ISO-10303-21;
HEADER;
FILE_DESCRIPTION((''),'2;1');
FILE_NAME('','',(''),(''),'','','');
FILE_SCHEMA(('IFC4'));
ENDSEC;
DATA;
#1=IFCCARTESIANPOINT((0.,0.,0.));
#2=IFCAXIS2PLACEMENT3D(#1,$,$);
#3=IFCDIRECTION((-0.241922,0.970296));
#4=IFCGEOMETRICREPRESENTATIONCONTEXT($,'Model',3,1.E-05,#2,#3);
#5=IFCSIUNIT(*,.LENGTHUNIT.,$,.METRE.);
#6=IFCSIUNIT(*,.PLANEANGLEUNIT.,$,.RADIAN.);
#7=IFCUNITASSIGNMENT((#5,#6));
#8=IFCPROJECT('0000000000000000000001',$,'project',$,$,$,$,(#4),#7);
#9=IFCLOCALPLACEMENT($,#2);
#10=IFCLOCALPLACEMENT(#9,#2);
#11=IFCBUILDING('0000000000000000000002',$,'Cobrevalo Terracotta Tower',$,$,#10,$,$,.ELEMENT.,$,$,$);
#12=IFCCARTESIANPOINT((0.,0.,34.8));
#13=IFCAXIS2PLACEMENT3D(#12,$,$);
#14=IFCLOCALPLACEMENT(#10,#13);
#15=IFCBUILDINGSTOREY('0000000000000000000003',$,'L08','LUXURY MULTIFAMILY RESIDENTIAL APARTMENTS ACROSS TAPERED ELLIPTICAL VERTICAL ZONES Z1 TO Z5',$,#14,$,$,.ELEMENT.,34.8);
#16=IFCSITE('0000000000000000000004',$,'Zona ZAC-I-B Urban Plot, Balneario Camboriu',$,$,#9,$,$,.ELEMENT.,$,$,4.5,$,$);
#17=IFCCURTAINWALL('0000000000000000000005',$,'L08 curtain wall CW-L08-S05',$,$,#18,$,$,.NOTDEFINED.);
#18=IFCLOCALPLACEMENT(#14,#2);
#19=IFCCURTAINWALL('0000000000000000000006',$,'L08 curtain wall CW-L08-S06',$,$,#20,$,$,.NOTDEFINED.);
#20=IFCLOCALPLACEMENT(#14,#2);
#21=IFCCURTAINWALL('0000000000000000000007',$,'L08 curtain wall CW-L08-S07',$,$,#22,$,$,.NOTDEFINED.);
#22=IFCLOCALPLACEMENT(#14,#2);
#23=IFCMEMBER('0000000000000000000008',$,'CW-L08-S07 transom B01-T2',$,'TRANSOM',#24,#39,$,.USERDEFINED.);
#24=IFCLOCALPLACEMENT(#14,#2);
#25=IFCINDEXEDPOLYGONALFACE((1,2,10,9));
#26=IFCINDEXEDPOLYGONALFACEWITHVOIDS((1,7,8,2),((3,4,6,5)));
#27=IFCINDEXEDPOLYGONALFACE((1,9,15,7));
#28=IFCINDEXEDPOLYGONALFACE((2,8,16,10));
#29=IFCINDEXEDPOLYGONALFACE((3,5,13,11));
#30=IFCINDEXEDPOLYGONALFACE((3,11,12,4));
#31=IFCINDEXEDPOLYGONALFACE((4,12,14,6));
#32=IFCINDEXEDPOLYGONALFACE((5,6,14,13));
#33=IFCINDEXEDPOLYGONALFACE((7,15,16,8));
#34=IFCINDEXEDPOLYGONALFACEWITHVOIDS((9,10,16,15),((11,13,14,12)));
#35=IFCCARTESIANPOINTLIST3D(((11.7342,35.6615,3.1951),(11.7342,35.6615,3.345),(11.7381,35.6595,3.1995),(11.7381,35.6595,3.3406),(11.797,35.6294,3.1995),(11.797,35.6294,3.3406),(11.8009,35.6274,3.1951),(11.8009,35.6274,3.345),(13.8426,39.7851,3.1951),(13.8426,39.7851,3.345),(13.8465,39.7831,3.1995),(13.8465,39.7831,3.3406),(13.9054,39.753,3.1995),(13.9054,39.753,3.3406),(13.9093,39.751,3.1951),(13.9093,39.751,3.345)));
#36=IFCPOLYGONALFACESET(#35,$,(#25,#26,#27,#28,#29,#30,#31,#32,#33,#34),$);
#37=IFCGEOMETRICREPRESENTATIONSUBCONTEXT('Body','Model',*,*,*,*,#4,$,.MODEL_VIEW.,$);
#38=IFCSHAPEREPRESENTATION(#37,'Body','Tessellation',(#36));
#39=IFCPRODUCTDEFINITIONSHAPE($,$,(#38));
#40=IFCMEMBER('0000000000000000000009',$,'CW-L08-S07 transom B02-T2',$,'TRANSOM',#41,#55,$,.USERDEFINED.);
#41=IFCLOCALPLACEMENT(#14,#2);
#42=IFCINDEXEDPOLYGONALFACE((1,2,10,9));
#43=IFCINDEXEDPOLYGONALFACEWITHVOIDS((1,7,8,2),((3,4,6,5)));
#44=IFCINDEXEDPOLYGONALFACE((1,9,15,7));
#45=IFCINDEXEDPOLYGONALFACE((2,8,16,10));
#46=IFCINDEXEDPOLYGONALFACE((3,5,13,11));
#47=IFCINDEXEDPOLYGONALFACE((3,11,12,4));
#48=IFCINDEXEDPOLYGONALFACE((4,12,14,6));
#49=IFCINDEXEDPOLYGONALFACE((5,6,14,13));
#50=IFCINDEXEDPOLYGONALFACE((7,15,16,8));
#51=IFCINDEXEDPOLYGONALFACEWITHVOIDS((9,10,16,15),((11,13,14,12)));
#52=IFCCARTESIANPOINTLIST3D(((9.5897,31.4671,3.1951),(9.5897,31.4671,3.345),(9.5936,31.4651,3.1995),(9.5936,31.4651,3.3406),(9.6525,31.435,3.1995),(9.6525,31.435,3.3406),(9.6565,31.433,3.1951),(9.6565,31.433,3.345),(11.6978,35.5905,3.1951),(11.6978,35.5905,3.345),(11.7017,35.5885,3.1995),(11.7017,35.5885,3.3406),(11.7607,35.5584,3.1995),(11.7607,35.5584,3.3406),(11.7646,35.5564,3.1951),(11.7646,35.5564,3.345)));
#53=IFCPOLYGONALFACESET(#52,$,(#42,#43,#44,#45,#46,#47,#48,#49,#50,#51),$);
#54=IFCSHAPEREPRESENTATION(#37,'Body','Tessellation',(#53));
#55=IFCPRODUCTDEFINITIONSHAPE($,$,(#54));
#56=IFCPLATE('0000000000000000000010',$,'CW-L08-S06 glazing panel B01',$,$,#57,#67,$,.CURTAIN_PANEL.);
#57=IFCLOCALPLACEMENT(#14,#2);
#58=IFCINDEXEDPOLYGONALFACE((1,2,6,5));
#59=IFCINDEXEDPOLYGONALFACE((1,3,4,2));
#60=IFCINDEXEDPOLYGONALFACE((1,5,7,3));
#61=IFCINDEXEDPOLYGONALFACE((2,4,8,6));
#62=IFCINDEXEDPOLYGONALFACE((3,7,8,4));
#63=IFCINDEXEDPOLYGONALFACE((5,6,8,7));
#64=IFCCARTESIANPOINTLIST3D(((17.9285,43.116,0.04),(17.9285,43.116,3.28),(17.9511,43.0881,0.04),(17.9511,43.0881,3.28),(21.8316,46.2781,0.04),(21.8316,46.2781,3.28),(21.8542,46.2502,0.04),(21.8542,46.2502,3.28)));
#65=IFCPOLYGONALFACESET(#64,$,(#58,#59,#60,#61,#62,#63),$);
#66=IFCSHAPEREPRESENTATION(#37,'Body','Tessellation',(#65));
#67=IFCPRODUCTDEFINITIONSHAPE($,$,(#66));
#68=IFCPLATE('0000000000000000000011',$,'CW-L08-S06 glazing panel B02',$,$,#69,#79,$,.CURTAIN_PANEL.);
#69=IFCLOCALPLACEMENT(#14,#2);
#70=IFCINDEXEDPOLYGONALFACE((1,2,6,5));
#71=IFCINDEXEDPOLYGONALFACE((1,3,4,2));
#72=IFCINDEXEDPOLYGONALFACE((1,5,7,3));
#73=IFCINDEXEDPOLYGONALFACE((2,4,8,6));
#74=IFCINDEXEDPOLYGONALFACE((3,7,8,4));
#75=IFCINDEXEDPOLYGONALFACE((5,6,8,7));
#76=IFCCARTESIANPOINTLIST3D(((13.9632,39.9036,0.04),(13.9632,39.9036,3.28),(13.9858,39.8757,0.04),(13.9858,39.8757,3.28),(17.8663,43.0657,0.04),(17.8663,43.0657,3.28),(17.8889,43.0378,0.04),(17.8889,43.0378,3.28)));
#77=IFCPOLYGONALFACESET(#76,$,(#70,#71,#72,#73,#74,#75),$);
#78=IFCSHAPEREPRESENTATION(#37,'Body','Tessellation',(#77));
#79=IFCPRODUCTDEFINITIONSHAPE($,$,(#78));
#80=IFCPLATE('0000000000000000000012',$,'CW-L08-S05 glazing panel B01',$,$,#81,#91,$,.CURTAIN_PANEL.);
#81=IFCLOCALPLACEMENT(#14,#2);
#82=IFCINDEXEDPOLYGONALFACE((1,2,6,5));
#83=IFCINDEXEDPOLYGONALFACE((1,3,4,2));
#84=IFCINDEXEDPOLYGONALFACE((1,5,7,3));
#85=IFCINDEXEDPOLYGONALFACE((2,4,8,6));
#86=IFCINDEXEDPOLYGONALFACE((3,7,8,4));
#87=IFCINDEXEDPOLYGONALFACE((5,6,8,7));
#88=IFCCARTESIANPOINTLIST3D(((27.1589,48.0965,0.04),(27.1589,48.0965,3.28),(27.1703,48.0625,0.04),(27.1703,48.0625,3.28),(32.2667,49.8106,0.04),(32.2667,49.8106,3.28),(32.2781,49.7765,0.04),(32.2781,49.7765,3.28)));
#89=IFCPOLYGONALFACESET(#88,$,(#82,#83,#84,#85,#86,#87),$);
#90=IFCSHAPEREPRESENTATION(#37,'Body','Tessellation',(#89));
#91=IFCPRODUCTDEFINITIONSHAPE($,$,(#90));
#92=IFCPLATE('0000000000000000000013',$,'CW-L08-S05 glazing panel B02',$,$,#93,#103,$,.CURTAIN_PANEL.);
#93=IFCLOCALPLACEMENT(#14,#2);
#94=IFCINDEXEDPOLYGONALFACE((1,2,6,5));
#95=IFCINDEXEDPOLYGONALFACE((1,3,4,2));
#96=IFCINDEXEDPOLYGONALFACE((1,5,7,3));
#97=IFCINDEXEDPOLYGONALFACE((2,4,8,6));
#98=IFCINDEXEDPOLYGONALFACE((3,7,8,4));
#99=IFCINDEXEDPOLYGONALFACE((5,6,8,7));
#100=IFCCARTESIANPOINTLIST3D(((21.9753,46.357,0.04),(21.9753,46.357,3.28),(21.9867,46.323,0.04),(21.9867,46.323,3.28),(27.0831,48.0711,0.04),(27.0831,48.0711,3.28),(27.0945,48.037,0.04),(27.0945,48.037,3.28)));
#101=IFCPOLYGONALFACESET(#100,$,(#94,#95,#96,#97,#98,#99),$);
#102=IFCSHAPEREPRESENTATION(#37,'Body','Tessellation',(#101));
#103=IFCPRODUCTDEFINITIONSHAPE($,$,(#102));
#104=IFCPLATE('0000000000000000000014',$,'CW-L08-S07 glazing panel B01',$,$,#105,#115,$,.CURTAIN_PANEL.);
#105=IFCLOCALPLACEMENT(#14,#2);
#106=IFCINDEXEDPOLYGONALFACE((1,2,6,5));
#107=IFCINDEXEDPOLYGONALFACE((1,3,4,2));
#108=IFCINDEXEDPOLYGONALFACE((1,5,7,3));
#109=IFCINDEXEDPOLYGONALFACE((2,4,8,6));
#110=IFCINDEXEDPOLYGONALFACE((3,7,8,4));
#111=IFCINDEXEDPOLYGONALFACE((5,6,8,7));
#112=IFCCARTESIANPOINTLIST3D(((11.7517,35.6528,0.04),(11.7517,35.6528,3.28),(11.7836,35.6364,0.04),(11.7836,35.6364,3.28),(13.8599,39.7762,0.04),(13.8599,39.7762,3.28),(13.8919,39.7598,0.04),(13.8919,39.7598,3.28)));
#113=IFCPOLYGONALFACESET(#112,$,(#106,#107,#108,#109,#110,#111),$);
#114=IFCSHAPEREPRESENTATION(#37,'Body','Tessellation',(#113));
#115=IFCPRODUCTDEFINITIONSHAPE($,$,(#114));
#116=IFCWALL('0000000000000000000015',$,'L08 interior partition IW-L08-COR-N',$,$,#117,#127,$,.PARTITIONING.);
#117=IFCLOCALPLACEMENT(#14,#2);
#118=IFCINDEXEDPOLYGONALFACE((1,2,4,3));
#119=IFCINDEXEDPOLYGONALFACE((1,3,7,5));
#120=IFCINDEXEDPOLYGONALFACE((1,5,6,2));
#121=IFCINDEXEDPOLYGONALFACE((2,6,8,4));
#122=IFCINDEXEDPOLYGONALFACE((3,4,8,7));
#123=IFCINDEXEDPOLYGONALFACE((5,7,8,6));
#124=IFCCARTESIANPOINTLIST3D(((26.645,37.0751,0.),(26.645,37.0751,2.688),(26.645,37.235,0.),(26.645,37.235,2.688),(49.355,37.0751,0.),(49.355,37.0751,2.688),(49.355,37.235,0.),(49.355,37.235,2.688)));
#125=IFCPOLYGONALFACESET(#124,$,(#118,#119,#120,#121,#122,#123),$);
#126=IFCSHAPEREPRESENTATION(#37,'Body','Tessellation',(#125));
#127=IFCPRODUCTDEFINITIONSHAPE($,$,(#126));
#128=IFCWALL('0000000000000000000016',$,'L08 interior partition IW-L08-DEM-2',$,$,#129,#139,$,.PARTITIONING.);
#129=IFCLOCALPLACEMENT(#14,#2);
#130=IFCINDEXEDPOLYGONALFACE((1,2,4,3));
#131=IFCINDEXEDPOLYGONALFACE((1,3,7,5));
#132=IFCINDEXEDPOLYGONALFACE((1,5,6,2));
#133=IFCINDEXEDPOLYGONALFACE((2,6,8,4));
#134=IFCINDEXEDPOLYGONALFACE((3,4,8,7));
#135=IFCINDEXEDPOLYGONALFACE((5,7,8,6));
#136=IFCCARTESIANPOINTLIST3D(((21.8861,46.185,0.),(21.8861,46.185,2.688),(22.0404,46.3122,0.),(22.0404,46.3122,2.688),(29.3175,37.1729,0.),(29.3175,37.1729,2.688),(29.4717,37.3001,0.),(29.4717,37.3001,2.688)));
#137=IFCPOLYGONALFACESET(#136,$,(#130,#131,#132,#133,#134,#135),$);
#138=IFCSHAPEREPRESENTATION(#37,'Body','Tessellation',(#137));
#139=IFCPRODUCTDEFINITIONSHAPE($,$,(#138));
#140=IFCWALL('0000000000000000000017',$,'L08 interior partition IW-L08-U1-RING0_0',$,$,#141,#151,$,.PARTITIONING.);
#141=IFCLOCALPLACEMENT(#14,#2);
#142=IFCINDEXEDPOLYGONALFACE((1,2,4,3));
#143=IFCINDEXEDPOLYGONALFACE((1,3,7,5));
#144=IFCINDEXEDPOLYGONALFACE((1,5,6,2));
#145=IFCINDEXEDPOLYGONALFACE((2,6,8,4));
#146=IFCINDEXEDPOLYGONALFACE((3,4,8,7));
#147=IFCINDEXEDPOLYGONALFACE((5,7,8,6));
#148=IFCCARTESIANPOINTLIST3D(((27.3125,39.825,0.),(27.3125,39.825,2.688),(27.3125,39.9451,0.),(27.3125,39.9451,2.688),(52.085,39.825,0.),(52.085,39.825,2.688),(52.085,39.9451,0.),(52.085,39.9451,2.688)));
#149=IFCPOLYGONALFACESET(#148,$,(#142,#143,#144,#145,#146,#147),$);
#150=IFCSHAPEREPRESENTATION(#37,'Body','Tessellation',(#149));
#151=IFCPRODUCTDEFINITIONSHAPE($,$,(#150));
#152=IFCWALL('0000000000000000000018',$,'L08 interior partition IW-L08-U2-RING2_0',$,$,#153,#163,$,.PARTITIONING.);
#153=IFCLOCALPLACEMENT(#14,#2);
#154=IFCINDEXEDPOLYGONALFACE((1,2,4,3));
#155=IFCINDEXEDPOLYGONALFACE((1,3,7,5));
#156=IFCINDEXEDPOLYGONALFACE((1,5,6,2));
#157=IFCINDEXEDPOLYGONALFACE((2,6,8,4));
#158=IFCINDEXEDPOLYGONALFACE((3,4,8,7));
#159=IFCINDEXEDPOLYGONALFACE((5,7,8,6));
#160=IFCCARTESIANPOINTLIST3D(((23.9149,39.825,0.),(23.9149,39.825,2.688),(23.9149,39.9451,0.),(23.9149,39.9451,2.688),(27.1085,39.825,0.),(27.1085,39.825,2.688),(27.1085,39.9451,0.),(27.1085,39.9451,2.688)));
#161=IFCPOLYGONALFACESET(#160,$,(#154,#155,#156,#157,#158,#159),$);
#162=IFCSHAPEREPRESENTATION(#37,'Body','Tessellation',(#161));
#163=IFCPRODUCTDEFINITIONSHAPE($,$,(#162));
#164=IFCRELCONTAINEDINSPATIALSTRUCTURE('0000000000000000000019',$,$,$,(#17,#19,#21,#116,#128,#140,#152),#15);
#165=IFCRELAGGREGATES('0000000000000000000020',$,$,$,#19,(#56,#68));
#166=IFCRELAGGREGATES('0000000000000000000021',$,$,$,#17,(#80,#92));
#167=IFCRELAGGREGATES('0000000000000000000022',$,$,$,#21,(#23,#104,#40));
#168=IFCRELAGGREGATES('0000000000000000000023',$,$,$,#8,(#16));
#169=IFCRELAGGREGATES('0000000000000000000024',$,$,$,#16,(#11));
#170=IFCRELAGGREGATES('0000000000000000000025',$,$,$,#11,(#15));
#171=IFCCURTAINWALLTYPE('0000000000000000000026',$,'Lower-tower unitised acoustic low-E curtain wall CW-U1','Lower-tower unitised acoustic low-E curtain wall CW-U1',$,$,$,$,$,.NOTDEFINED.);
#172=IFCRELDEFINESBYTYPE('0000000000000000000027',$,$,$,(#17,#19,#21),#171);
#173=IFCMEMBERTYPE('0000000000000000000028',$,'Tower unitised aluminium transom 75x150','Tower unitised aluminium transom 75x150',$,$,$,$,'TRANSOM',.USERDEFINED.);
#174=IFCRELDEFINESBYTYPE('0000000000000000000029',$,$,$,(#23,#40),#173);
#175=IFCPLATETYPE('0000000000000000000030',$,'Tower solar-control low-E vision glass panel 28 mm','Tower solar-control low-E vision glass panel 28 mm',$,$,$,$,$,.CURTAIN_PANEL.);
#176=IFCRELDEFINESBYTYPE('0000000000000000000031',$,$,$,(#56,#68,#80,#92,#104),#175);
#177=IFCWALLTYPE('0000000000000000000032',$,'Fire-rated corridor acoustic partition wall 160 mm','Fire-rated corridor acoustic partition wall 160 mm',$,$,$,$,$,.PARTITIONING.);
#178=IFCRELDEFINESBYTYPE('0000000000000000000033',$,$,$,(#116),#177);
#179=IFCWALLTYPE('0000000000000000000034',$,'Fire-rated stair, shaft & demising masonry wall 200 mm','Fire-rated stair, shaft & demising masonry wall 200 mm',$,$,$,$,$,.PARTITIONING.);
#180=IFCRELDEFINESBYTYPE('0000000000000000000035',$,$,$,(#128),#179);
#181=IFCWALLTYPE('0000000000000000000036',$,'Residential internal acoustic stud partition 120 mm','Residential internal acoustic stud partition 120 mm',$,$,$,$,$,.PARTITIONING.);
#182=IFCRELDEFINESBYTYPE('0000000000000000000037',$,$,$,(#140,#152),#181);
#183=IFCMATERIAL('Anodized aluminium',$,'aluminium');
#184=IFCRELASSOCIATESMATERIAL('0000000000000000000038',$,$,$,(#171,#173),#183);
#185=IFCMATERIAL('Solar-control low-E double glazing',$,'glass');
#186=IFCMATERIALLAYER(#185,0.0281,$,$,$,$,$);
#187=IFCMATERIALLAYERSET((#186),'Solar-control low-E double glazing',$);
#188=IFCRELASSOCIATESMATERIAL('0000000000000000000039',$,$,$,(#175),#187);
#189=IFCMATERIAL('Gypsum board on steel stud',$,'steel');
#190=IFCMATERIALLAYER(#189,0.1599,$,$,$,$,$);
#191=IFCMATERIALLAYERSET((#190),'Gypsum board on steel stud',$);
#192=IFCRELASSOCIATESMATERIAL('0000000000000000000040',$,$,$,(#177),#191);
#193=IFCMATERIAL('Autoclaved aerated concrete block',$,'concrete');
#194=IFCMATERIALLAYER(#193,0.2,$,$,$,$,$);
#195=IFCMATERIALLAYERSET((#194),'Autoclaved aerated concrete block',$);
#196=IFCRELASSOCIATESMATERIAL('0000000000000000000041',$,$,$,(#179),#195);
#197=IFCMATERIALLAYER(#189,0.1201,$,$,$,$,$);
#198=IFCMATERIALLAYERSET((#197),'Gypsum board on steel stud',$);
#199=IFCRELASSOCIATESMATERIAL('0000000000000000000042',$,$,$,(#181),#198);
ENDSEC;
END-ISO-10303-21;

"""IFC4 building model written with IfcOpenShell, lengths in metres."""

from ifc_helpers import new_model, si_unit, direction, frame, frame_2d, origin, origin_2d, place, context, subcontext, project, spatial, rectangle, hollow_rectangle, extrude, source, transform, mapped, material, layer, layer_set, material_profile, profile_set, type_object, element, aggregate, save


model = new_model("IFC4")

# Units and contexts
model_context = context("Model", 3, precision=1e-05, world=origin(), true_north=direction((-0.241922, 0.970296)))
body_context = subcontext(model_context, "Body", "Model", "MODEL_VIEW")
ifc_project = project(units=[si_unit("LENGTHUNIT", "METRE"), si_unit("PLANEANGLEUNIT", "RADIAN")], contexts=[model_context])

# Site, building, storey
site_placement = place(None, origin())
site = spatial("IfcSite", under=ifc_project, at=site_placement, Name="Zona ZAC-I-B Urban Plot, Balneario Camboriu", CompositionType="ELEMENT", RefElevation=4.5)
building_placement = place(site_placement, origin())
building = spatial("IfcBuilding", under=site, at=building_placement, Name="Cobrevalo Terracotta Tower", CompositionType="ELEMENT")
storey_placement = place(building_placement, frame((0.0, 0.0, 34.8)))
storey = spatial("IfcBuildingStorey", under=building, at=storey_placement, Name="L08", Description="LUXURY MULTIFAMILY RESIDENTIAL APARTMENTS ACROSS TAPERED ELLIPTICAL VERTICAL ZONES Z1 TO Z5", CompositionType="ELEMENT", Elevation=34.8)

# Curtain walls
ifc_material_1 = material(Name="Anodized aluminium", Category="aluminium")
curtain_wall_type = type_object("IfcCurtainWallType", Name="Lower-tower unitised acoustic low-E curtain wall CW-U1", Description="Lower-tower unitised acoustic low-E curtain wall CW-U1", PredefinedType="NOTDEFINED", material=ifc_material_1)
curtain_wall_1_placement = place(storey_placement, origin())
curtain_wall_1 = element("IfcCurtainWall", 1, at=curtain_wall_1_placement, inside=storey, type_object=curtain_wall_type, Name="L08 curtain wall CW-L08-S05", PredefinedType="NOTDEFINED")
curtain_wall_2_placement = place(storey_placement, origin())
curtain_wall_2 = element("IfcCurtainWall", 2, at=curtain_wall_2_placement, inside=storey, type_object=curtain_wall_type, Name="L08 curtain wall CW-L08-S06", PredefinedType="NOTDEFINED")
curtain_wall_3_placement = place(storey_placement, origin())
curtain_wall_3 = element("IfcCurtainWall", 3, at=curtain_wall_3_placement, inside=storey, type_object=curtain_wall_type, Name="L08 curtain wall CW-L08-S07", PredefinedType="NOTDEFINED")

# Members
ifc_material_profile_1 = material_profile(ifc_material_1, hollow_rectangle(XDim=0.075, YDim=0.1499, WallThickness=0.0044, at=origin_2d()), Name="CWT 75x150")
ifc_profile_set_1 = profile_set([ifc_material_profile_1], Name="Anodized aluminium")
member_type_1 = type_object("IfcMemberType", Name="Tower unitised aluminium transom 75x150", Description="Tower unitised aluminium transom 75x150", ElementType="TRANSOM", PredefinedType="USERDEFINED", material=ifc_profile_set_1)
shared_shape_1 = source(origin(), body_context, "Body", "SweptSolid", [
    extrude(hollow_rectangle(XDim=0.075, YDim=0.1499, WallThickness=0.0044, at=origin_2d()), origin(), (0.0, 0.0, 1.0), 4.6313),
])
member_1_placement = place(storey_placement, frame((13.876, 39.7681, 3.27), z_axis=(-0.45525, -0.890363, 0.0), x_axis=(0.890363, -0.45525, 0.0)))
member_1 = element("IfcMember", 4, at=member_1_placement, type_object=member_type_1, Name="CW-L08-S07 transom B01-T2", ObjectType="TRANSOM", PredefinedType="USERDEFINED", context=body_context, shape_type="MappedRepresentation", body=[
    mapped(shared_shape_1, transform((0.0, 0.0, 0.0), scale=1.0)),
])
shared_shape_2 = source(origin(), body_context, "Body", "SweptSolid", [
    extrude(hollow_rectangle(XDim=0.075, YDim=0.1499, WallThickness=0.0044, at=origin_2d()), origin(), (0.0, 0.0, 1.0), 4.6311),
])
member_2_placement = place(storey_placement, frame((11.7312, 35.5735, 3.27), z_axis=(-0.455209, -0.890385, 0.0), x_axis=(0.890385, -0.455209, 0.0)))
member_2 = element("IfcMember", 5, at=member_2_placement, type_object=member_type_1, Name="CW-L08-S07 transom B02-T2", ObjectType="TRANSOM", PredefinedType="USERDEFINED", context=body_context, shape_type="MappedRepresentation", body=[
    mapped(shared_shape_2, transform((0.0, 0.0, 0.0), scale=1.0)),
])

# Plates
ifc_material_2 = material(Name="Solar-control low-E double glazing", Category="glass")
ifc_layer_1 = layer(ifc_material_2, 0.0281)
ifc_layer_set_1 = layer_set([ifc_layer_1], Name="Solar-control low-E double glazing")
plate_type = type_object("IfcPlateType", Name="Tower solar-control low-E vision glass panel 28 mm", Description="Tower solar-control low-E vision glass panel 28 mm", PredefinedType="CURTAIN_PANEL", material=ifc_layer_set_1)
shared_shape_3 = source(origin(), body_context, "Body", "SweptSolid", [
    extrude(rectangle(XDim=5.0232, YDim=0.0359, at=origin_2d()), origin(), (0.0, 0.0, 1.0), 3.24),
])
plate_1_placement = place(storey_placement, frame((19.8914, 44.6831, 0.04), z_axis=(0.0, 0.0, 1.0), x_axis=(-0.777008, -0.629491, 0.0)))
plate_1 = element("IfcPlate", 6, at=plate_1_placement, type_object=plate_type, Name="CW-L08-S06 glazing panel B01", PredefinedType="CURTAIN_PANEL", context=body_context, shape_type="MappedRepresentation", body=[
    mapped(shared_shape_3, transform((0.0, 0.0, 0.0), scale=1.0)),
])
plate_2_placement = place(storey_placement, frame((15.926, 41.4707, 0.04), z_axis=(0.0, 0.0, 1.0), x_axis=(-0.777008, -0.629491, 0.0)))
plate_2 = element("IfcPlate", 7, at=plate_2_placement, type_object=plate_type, Name="CW-L08-S06 glazing panel B02", PredefinedType="CURTAIN_PANEL", context=body_context, shape_type="MappedRepresentation", body=[
    mapped(shared_shape_3, transform((0.0, 0.0, 0.0), scale=1.0)),
])
aggregate(curtain_wall_2, [plate_1, plate_2])
shared_shape_4 = source(origin(), body_context, "Body", "SweptSolid", [
    extrude(rectangle(XDim=5.3877, YDim=0.0359, at=origin_2d()), origin(), (0.0, 0.0, 1.0), 3.24),
])
plate_3_placement = place(storey_placement, frame((29.7185, 48.9365, 0.04), z_axis=(0.0, 0.0, 1.0), x_axis=(-0.948044, -0.318139, 0.0)))
plate_3 = element("IfcPlate", 8, at=plate_3_placement, type_object=plate_type, Name="CW-L08-S05 glazing panel B01", PredefinedType="CURTAIN_PANEL", context=body_context, shape_type="MappedRepresentation", body=[
    mapped(shared_shape_4, transform((0.0, 0.0, 0.0), scale=1.0)),
])
plate_4_placement = place(storey_placement, frame((24.5349, 47.197, 0.04), z_axis=(0.0, 0.0, 1.0), x_axis=(-0.948044, -0.318139, 0.0)))
plate_4 = element("IfcPlate", 9, at=plate_4_placement, type_object=plate_type, Name="CW-L08-S05 glazing panel B02", PredefinedType="CURTAIN_PANEL", context=body_context, shape_type="MappedRepresentation", body=[
    mapped(shared_shape_4, transform((0.0, 0.0, 0.0), scale=1.0)),
])
aggregate(curtain_wall_1, [plate_3, plate_4])
shared_shape_5 = source(origin(), body_context, "Body", "SweptSolid", [
    extrude(rectangle(XDim=4.6311, YDim=0.0359, at=origin_2d()), origin(), (0.0, 0.0, 1.0), 3.24),
])
plate_5_placement = place(storey_placement, frame((12.8218, 37.7063, 0.04), z_axis=(0.0, 0.0, 1.0), x_axis=(-0.455231, -0.890373, 0.0)))
plate_5 = element("IfcPlate", 10, at=plate_5_placement, type_object=plate_type, Name="CW-L08-S07 glazing panel B01", PredefinedType="CURTAIN_PANEL", context=body_context, shape_type="MappedRepresentation", body=[
    mapped(shared_shape_5, transform((0.0, 0.0, 0.0), scale=1.0)),
])
aggregate(curtain_wall_3, [member_1, plate_5, member_2])

# Walls
ifc_material_3 = material(Name="Gypsum board on steel stud", Category="steel")
ifc_layer_2 = layer(ifc_material_3, 0.1599)
ifc_layer_set_2 = layer_set([ifc_layer_2], Name="Gypsum board on steel stud")
wall_type_1 = type_object("IfcWallType", Name="Fire-rated corridor acoustic partition wall 160 mm", Description="Fire-rated corridor acoustic partition wall 160 mm", PredefinedType="PARTITIONING", material=ifc_layer_set_2)
wall_1_placement = place(storey_placement, frame((26.645, 37.155, 0.0), z_axis=(0.0, 0.0, 1.0), x_axis=(1.0, 0.0, 0.0)))
element("IfcWall", 11, at=wall_1_placement, inside=storey, type_object=wall_type_1, Name="L08 interior partition IW-L08-COR-N", PredefinedType="PARTITIONING", context=body_context, shape_type="SweptSolid", body=[
    extrude(rectangle(XDim=22.71, YDim=0.1599, at=frame_2d((11.355, 0.0))), origin(), (0.0, 0.0, 1.0), 2.688),
])
ifc_material_4 = material(Name="Autoclaved aerated concrete block", Category="concrete")
ifc_layer_3 = layer(ifc_material_4, 0.2)
ifc_layer_set_3 = layer_set([ifc_layer_3], Name="Autoclaved aerated concrete block")
wall_type_2 = type_object("IfcWallType", Name="Fire-rated stair, shaft & demising masonry wall 200 mm", Description="Fire-rated stair, shaft & demising masonry wall 200 mm", PredefinedType="PARTITIONING", material=ifc_layer_set_3)
wall_2_placement = place(storey_placement, frame((29.3945, 37.2366, 0.0), z_axis=(0.0, 0.0, 1.0), x_axis=(-0.636196, 0.771528, 0.0)))
element("IfcWall", 12, at=wall_2_placement, inside=storey, type_object=wall_type_2, Name="L08 interior partition IW-L08-DEM-2", PredefinedType="PARTITIONING", context=body_context, shape_type="SweptSolid", body=[
    extrude(rectangle(XDim=11.6809, YDim=0.2, at=frame_2d((5.8403, 0.0))), origin(), (0.0, 0.0, 1.0), 2.688),
])
ifc_layer_4 = layer(ifc_material_3, 0.1201)
ifc_layer_set_4 = layer_set([ifc_layer_4], Name="Gypsum board on steel stud")
wall_type_3 = type_object("IfcWallType", Name="Residential internal acoustic stud partition 120 mm", Description="Residential internal acoustic stud partition 120 mm", PredefinedType="PARTITIONING", material=ifc_layer_set_4)
wall_3_placement = place(storey_placement, frame((27.3125, 39.885, 0.0), z_axis=(0.0, 0.0, 1.0), x_axis=(1.0, 0.0, 0.0)))
element("IfcWall", 13, at=wall_3_placement, inside=storey, type_object=wall_type_3, Name="L08 interior partition IW-L08-U1-RING0_0", PredefinedType="PARTITIONING", context=body_context, shape_type="SweptSolid", body=[
    extrude(rectangle(XDim=24.7725, YDim=0.1201, at=frame_2d((12.3862, 0.0))), origin(), (0.0, 0.0, 1.0), 2.688),
])
wall_4_placement = place(storey_placement, frame((23.915, 39.885, 0.0), z_axis=(0.0, 0.0, 1.0), x_axis=(1.0, 0.0, 0.0)))
element("IfcWall", 14, at=wall_4_placement, inside=storey, type_object=wall_type_3, Name="L08 interior partition IW-L08-U2-RING2_0", PredefinedType="PARTITIONING", context=body_context, shape_type="SweptSolid", body=[
    extrude(rectangle(XDim=3.1936, YDim=0.1201, at=frame_2d((1.5967, 0.0))), origin(), (0.0, 0.0, 1.0), 2.688),
])

save(model, "model.ifc")
